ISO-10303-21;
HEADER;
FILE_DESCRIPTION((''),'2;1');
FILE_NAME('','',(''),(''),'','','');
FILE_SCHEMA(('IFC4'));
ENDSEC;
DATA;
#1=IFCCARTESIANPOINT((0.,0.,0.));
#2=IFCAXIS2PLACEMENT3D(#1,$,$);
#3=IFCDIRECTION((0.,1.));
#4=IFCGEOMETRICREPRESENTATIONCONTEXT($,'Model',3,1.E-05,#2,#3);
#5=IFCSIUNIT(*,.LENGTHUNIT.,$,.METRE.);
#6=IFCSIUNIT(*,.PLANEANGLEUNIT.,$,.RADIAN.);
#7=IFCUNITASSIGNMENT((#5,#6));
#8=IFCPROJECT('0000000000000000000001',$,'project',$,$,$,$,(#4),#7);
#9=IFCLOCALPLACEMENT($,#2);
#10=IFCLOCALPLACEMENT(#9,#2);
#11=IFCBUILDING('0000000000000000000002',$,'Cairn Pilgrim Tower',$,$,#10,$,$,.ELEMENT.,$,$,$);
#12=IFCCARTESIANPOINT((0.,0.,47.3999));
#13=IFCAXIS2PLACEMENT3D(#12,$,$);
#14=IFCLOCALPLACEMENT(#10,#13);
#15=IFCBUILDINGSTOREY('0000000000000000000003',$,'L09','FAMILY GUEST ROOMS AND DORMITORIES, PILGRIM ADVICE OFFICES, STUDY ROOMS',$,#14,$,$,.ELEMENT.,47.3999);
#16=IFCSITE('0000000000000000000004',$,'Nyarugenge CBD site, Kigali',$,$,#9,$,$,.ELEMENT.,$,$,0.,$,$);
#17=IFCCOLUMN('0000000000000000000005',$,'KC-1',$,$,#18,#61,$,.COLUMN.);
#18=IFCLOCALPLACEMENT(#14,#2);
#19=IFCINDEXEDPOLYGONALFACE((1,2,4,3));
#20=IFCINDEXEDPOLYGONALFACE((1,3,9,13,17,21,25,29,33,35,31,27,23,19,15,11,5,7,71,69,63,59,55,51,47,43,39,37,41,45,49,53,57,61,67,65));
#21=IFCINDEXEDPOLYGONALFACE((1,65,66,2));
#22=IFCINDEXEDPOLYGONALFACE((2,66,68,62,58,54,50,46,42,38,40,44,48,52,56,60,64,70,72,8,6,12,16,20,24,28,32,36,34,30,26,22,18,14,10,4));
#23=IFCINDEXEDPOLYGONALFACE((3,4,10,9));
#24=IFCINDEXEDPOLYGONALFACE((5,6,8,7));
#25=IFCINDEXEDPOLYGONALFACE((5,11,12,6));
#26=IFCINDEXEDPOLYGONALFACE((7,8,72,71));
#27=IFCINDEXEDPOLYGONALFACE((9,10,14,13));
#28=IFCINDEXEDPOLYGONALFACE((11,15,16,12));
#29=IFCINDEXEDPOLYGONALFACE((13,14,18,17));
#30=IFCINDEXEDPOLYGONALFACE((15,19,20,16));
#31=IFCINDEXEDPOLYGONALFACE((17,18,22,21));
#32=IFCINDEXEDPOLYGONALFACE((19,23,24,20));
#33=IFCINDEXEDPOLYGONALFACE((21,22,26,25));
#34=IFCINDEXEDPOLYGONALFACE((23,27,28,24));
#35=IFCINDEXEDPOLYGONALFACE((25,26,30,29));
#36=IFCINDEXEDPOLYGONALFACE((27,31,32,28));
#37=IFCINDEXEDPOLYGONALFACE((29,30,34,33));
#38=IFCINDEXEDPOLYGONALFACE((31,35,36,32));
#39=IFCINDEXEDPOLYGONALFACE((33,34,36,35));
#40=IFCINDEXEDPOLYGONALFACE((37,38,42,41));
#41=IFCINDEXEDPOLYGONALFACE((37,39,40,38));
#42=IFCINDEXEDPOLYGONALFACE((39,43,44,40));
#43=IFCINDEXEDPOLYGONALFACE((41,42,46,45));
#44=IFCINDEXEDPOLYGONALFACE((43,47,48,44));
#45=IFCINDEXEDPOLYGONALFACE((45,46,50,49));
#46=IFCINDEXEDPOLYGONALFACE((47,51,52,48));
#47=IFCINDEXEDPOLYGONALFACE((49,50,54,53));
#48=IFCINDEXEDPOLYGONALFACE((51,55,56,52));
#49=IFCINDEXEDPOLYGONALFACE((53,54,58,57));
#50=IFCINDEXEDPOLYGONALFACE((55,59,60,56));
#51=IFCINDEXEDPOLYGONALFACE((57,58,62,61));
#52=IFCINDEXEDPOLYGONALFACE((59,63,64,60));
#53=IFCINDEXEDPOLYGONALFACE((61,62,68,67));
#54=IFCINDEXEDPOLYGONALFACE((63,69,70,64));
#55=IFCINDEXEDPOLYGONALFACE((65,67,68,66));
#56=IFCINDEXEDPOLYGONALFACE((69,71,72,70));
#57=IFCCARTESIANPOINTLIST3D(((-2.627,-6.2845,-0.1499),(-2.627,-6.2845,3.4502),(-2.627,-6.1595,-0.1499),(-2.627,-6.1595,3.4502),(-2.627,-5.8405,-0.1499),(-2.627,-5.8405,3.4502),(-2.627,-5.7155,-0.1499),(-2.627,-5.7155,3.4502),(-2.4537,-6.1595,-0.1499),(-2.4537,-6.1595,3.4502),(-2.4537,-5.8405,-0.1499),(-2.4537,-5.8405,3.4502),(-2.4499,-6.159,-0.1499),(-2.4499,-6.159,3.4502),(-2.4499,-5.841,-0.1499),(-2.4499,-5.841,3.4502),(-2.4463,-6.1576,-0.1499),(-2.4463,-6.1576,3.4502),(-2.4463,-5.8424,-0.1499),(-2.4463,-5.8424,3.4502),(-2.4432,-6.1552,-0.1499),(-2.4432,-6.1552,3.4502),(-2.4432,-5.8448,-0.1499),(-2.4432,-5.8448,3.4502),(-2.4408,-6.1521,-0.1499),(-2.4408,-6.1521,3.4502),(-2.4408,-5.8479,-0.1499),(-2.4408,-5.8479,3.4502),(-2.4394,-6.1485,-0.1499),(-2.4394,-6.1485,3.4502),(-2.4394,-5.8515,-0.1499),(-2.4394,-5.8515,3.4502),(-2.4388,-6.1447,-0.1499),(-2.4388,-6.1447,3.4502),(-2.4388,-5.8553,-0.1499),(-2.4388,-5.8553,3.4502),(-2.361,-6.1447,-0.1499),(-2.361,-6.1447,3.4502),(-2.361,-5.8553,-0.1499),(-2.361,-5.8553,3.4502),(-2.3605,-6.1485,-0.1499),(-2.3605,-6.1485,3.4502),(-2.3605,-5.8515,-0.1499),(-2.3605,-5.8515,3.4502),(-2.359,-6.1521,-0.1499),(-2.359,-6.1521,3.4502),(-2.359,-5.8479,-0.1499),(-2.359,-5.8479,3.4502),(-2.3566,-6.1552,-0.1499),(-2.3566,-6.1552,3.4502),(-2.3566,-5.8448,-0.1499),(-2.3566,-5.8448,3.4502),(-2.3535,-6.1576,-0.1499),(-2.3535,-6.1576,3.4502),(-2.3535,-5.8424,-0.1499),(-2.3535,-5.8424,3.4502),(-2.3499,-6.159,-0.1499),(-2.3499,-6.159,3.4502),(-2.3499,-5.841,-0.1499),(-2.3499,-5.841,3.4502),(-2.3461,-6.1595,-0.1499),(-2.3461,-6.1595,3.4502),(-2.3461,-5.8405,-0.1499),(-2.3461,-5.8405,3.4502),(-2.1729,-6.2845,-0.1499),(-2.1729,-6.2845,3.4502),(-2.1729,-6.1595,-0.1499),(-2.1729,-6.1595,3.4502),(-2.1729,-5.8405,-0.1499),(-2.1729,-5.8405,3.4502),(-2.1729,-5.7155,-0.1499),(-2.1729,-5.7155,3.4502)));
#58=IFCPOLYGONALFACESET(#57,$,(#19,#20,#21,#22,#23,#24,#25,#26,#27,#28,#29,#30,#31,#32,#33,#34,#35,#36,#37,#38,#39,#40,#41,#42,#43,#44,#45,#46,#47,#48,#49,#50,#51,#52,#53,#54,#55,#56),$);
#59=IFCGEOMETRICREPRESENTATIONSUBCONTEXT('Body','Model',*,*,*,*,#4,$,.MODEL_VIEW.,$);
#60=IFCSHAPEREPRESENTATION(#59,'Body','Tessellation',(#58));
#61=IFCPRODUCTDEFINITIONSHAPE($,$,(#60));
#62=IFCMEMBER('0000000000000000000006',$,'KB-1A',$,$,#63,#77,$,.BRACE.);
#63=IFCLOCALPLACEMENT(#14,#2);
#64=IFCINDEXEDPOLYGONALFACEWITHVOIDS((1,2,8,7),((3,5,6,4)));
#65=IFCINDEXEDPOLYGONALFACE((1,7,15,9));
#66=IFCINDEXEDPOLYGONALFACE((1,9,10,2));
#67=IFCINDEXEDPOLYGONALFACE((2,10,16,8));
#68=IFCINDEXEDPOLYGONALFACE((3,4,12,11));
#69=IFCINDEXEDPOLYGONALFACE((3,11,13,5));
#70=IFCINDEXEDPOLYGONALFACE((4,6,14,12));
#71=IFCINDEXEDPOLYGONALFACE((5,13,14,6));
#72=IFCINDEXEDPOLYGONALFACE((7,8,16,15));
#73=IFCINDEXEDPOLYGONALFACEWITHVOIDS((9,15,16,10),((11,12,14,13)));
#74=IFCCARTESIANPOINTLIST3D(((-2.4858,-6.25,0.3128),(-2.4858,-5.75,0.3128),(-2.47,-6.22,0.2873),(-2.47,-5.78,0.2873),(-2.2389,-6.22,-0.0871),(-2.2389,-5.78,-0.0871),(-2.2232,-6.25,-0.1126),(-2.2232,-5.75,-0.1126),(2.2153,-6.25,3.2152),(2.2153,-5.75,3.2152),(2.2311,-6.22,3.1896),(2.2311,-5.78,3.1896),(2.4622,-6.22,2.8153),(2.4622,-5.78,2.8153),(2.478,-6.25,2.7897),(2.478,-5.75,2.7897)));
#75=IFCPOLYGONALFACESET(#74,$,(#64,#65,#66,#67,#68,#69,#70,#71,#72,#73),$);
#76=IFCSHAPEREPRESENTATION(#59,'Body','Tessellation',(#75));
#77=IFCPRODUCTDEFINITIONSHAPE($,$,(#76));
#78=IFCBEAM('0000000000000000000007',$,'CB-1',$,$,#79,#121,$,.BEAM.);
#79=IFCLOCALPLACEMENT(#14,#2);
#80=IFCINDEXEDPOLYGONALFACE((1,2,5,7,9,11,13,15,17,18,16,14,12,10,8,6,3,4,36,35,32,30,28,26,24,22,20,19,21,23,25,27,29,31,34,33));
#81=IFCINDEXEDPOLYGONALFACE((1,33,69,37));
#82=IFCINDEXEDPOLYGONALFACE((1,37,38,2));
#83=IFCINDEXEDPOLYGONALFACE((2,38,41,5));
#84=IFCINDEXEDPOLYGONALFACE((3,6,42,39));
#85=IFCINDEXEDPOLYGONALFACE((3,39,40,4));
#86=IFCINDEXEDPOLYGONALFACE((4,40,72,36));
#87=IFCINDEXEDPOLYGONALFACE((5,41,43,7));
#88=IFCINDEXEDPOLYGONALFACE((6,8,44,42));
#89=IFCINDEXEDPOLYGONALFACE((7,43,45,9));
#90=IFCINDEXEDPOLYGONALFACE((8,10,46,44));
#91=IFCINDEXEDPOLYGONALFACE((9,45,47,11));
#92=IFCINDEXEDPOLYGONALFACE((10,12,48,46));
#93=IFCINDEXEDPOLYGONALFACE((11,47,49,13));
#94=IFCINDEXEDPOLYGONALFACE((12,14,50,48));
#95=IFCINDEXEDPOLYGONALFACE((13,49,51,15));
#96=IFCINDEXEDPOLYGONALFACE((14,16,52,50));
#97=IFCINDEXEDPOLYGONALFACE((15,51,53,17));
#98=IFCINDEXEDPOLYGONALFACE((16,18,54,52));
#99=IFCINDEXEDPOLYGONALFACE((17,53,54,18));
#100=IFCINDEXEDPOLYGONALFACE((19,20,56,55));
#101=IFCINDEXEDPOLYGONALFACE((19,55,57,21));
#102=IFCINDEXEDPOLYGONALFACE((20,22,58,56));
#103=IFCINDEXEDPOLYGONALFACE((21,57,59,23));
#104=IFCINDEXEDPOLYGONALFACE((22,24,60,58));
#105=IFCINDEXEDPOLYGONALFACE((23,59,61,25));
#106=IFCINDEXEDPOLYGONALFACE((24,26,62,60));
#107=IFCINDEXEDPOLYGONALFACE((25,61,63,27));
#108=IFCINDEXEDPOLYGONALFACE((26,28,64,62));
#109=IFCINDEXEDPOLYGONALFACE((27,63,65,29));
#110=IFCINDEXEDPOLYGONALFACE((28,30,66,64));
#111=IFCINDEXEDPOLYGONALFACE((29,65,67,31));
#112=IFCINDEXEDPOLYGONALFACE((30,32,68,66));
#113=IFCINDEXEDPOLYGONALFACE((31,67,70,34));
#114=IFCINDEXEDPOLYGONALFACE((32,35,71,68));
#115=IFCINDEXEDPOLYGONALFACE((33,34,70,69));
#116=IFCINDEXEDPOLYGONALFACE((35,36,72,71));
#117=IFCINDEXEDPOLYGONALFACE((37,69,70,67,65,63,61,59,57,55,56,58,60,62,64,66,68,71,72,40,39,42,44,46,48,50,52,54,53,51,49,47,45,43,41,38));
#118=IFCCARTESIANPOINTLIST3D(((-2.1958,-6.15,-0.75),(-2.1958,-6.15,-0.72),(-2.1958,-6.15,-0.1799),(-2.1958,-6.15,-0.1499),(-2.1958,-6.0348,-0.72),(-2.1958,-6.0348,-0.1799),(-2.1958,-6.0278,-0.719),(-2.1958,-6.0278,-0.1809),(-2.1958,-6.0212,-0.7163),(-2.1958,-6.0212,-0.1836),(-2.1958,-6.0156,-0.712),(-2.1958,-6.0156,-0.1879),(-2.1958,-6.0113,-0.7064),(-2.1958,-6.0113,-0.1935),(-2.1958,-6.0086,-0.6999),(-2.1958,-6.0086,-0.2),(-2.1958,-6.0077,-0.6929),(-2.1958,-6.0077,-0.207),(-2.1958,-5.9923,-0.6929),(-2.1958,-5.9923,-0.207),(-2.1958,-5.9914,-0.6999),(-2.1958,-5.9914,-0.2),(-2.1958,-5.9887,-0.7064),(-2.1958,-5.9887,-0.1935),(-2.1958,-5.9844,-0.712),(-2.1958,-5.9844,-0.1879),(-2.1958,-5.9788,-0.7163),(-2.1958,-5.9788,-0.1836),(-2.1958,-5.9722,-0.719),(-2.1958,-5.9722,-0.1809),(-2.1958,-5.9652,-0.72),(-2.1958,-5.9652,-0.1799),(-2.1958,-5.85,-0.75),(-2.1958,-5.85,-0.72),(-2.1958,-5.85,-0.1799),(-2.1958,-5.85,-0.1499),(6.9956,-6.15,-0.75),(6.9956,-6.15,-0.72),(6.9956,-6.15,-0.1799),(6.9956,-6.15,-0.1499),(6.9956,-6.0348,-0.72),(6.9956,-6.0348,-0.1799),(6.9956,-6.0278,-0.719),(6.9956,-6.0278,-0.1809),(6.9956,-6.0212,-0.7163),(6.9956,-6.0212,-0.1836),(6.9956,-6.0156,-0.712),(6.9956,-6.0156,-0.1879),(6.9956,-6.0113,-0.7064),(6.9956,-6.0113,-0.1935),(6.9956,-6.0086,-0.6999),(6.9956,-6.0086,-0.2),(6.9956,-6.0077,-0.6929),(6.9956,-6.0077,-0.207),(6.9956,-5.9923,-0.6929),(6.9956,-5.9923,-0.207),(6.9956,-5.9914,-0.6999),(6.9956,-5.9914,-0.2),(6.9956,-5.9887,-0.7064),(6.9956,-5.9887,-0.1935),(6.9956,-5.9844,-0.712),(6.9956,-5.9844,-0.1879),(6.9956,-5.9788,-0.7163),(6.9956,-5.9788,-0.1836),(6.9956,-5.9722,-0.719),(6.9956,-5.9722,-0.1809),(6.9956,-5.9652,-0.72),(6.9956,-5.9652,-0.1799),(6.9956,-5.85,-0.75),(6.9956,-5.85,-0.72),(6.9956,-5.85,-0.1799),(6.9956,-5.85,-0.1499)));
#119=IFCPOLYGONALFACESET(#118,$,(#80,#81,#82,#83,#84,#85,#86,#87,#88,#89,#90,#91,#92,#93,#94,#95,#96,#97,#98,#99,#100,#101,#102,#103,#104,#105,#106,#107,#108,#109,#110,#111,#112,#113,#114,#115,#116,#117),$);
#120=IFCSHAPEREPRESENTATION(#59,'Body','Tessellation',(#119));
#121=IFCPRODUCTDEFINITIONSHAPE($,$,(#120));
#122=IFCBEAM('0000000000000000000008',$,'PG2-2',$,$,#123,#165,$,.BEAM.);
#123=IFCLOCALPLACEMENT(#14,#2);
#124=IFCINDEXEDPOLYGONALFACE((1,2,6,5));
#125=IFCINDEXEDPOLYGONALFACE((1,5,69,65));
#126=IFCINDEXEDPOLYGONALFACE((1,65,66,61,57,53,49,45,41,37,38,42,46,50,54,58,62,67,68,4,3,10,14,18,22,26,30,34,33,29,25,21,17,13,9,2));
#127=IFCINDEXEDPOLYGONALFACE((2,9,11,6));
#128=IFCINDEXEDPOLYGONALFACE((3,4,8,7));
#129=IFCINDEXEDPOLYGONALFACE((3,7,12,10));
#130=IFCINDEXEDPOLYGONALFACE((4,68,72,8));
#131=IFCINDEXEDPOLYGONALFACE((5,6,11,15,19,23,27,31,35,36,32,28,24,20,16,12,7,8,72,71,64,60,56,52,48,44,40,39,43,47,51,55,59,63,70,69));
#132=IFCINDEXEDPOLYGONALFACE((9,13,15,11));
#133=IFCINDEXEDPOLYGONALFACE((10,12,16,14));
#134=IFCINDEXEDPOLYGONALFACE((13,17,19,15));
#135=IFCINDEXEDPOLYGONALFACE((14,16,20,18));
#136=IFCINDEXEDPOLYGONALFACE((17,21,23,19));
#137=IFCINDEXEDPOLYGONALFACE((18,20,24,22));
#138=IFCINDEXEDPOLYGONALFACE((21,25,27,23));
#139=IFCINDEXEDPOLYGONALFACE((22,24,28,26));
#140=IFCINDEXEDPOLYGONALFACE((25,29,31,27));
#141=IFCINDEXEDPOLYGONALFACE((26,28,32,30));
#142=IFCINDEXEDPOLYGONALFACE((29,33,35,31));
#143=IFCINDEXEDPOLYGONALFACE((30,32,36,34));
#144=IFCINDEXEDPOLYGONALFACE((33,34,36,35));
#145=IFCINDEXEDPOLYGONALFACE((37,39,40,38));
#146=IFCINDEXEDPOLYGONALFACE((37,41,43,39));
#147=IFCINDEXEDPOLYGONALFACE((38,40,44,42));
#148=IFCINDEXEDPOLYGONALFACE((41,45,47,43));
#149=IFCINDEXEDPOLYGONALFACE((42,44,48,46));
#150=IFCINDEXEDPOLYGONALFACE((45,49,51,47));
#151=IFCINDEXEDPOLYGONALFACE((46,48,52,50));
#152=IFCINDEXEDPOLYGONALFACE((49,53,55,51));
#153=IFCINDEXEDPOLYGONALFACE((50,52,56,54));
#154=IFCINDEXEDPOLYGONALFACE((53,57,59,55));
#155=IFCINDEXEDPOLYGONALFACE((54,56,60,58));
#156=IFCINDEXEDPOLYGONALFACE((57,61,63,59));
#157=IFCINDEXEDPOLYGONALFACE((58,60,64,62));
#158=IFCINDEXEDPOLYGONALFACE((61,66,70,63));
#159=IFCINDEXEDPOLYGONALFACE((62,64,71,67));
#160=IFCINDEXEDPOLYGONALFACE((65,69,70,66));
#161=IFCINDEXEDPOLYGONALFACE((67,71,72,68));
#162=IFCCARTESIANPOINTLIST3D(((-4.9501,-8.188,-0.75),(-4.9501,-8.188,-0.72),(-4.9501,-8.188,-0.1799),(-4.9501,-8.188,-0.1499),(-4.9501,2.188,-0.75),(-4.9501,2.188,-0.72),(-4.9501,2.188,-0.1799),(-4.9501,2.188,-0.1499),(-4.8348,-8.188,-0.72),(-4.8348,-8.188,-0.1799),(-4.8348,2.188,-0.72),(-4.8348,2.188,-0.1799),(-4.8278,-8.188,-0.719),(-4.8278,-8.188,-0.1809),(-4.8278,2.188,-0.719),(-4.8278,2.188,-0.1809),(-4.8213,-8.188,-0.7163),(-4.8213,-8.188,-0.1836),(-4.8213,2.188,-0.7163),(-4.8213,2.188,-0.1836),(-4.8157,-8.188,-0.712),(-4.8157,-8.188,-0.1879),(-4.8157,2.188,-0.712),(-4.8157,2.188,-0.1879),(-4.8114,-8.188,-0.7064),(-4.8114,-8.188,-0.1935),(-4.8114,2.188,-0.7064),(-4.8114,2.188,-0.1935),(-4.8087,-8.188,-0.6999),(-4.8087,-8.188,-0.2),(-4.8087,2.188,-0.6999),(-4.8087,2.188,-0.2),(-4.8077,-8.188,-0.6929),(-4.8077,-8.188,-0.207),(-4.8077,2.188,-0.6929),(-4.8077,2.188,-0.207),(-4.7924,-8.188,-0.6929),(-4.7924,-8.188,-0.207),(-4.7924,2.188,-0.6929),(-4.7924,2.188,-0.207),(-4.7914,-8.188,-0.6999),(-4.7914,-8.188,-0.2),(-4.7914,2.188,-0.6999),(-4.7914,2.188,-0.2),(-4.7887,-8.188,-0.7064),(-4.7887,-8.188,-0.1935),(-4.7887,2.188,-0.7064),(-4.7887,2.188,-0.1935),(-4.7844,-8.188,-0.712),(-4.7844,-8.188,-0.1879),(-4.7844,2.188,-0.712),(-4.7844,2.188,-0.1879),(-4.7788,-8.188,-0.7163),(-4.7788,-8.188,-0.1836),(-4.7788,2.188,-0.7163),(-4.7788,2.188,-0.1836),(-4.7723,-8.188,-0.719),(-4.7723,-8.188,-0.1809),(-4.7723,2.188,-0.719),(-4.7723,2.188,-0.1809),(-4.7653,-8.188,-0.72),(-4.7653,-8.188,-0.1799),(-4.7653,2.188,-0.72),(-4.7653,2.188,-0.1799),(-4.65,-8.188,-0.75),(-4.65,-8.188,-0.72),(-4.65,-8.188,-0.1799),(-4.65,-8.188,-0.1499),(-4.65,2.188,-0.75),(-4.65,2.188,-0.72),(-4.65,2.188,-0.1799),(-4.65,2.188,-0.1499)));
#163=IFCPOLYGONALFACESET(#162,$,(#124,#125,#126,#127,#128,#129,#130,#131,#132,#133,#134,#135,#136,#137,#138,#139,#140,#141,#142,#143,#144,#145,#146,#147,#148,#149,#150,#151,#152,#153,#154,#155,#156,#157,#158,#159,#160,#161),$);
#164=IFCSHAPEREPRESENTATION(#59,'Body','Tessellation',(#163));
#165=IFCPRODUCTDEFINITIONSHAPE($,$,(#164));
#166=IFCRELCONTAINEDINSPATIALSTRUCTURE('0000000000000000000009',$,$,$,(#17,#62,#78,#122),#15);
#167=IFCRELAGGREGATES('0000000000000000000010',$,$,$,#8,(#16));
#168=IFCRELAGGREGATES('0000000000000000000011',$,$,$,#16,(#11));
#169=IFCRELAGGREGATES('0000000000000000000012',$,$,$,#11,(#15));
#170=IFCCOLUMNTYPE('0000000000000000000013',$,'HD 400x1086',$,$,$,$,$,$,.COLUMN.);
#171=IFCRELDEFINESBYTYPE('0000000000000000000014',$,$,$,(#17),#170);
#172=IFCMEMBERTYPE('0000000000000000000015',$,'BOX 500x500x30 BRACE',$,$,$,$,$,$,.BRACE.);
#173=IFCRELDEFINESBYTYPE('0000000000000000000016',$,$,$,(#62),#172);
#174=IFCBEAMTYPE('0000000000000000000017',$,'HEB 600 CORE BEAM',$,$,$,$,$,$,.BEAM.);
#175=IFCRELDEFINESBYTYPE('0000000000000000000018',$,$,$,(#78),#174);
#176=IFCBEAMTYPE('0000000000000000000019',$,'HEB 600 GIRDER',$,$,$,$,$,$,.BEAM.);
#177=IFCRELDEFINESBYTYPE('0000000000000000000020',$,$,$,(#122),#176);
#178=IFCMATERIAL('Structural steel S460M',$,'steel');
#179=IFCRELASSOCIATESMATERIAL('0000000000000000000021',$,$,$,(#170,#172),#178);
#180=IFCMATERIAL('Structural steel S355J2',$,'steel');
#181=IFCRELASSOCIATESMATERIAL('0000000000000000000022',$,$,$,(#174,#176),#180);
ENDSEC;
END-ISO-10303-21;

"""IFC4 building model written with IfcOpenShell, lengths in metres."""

from ifc_helpers import new_model, si_unit, direction, frame, origin, origin_2d, place, context, subcontext, project, spatial, hollow_rectangle, i_section, extrude, material, material_profile, profile_set, type_object, element, save


model = new_model("IFC4")

# Units and contexts
model_context = context("Model", 3, precision=1e-05, world=origin(), true_north=direction((0.0, 1.0)))
body_context = subcontext(model_context, "Body", "Model", "MODEL_VIEW")
ifc_project = project(units=[si_unit("LENGTHUNIT", "METRE"), si_unit("PLANEANGLEUNIT", "RADIAN")], contexts=[model_context])

# Site, building, storey
site_placement = place(None, origin())
site = spatial("IfcSite", under=ifc_project, at=site_placement, Name="Nyarugenge CBD site, Kigali", CompositionType="ELEMENT", RefElevation=0.0)
building_placement = place(site_placement, origin())
building = spatial("IfcBuilding", under=site, at=building_placement, Name="Cairn Pilgrim Tower", CompositionType="ELEMENT")
storey_placement = place(building_placement, frame((0.0, 0.0, 47.3999)))
storey = spatial("IfcBuildingStorey", under=building, at=storey_placement, Name="L09", Description="FAMILY GUEST ROOMS AND DORMITORIES, PILGRIM ADVICE OFFICES, STUDY ROOMS", CompositionType="ELEMENT", Elevation=47.3999)

# Column
ifc_material_1 = material(Name="Structural steel S460M", Category="steel")
ifc_material_profile_1 = material_profile(ifc_material_1, i_section(OverallWidth=0.4541, OverallDepth=0.5691, WebThickness=0.0779, FlangeThickness=0.125, FilletRadius=0.0149, at=origin_2d()), Name="HD 400x1086")
ifc_profile_set_1 = profile_set([ifc_material_profile_1], Name="Structural steel S460M")
column_type = type_object("IfcColumnType", Name="HD 400x1086", PredefinedType="COLUMN", material=ifc_profile_set_1)
column_placement = place(storey_placement, frame((-2.3999, -6.0, -0.1499), z_axis=(0.0, 0.0, 1.0), x_axis=(1.0, 0.0, 0.0)))
element("IfcColumn", 1, at=column_placement, inside=storey, type_object=column_type, Name="KC-1", PredefinedType="COLUMN", context=body_context, shape_type="SweptSolid", body=[
    extrude(i_section(OverallWidth=0.4541, OverallDepth=0.5691, WebThickness=0.0779, FlangeThickness=0.125, FilletRadius=0.0149, at=origin_2d()), origin(), (0.0, 0.0, 1.0), 3.6001),
])

# Member
ifc_material_profile_2 = material_profile(ifc_material_1, hollow_rectangle(XDim=0.5, YDim=0.5, WallThickness=0.03, at=origin_2d()), Name="BOX 500x500x30")
ifc_profile_set_2 = profile_set([ifc_material_profile_2], Name="Structural steel S460M")
member_type = type_object("IfcMemberType", Name="BOX 500x500x30 BRACE", PredefinedType="BRACE", material=ifc_profile_set_2)
member_placement = place(storey_placement, frame((-2.3545, -6.0, 0.1001), z_axis=(0.850905, 0.0, 0.52532), x_axis=(0.0, 1.0, 0.0)))
element("IfcMember", 2, at=member_placement, inside=storey, type_object=member_type, Name="KB-1A", PredefinedType="BRACE", context=body_context, shape_type="SweptSolid", body=[
    extrude(hollow_rectangle(XDim=0.5, YDim=0.5, WallThickness=0.03, at=origin_2d()), origin(), (0.0, 0.0, 1.0), 5.5249),
])

# Beams
ifc_material_2 = material(Name="Structural steel S355J2", Category="steel")
ifc_material_profile_3 = material_profile(ifc_material_2, i_section(OverallWidth=0.3, OverallDepth=0.6001, WebThickness=0.0154, FlangeThickness=0.03, FilletRadius=0.0271, at=origin_2d()), Name="HEB 600")
ifc_profile_set_3 = profile_set([ifc_material_profile_3], Name="Structural steel S355J2")
beam_type_1 = type_object("IfcBeamType", Name="HEB 600 CORE BEAM", PredefinedType="BEAM", material=ifc_profile_set_3)
beam_1_placement = place(storey_placement, frame((-2.1958, -6.0, -0.45), z_axis=(1.0, 0.0, 0.0), x_axis=(0.0, 1.0, 0.0)))
element("IfcBeam", 3, at=beam_1_placement, inside=storey, type_object=beam_type_1, Name="CB-1", PredefinedType="BEAM", context=body_context, shape_type="SweptSolid", body=[
    extrude(i_section(OverallWidth=0.3, OverallDepth=0.6001, WebThickness=0.0154, FlangeThickness=0.03, FilletRadius=0.0271, at=origin_2d()), origin(), (0.0, 0.0, 1.0), 9.1914),
])
ifc_material_profile_4 = material_profile(ifc_material_2, i_section(OverallWidth=0.3, OverallDepth=0.6001, WebThickness=0.0154, FlangeThickness=0.03, FilletRadius=0.0271, at=origin_2d()), Name="HEB 600")
ifc_profile_set_4 = profile_set([ifc_material_profile_4], Name="Structural steel S355J2")
beam_type_2 = type_object("IfcBeamType", Name="HEB 600 GIRDER", PredefinedType="BEAM", material=ifc_profile_set_4)
beam_2_placement = place(storey_placement, frame((-4.8, -8.188, -0.45), z_axis=(0.0, 1.0, 0.0), x_axis=(-1.0, 0.0, 0.0)))
element("IfcBeam", 4, at=beam_2_placement, inside=storey, type_object=beam_type_2, Name="PG2-2", PredefinedType="BEAM", context=body_context, shape_type="SweptSolid", body=[
    extrude(i_section(OverallWidth=0.3, OverallDepth=0.6001, WebThickness=0.0154, FlangeThickness=0.03, FilletRadius=0.0271, at=origin_2d()), origin(), (0.0, 0.0, 1.0), 10.376),
])

save(model, "model.ifc")
